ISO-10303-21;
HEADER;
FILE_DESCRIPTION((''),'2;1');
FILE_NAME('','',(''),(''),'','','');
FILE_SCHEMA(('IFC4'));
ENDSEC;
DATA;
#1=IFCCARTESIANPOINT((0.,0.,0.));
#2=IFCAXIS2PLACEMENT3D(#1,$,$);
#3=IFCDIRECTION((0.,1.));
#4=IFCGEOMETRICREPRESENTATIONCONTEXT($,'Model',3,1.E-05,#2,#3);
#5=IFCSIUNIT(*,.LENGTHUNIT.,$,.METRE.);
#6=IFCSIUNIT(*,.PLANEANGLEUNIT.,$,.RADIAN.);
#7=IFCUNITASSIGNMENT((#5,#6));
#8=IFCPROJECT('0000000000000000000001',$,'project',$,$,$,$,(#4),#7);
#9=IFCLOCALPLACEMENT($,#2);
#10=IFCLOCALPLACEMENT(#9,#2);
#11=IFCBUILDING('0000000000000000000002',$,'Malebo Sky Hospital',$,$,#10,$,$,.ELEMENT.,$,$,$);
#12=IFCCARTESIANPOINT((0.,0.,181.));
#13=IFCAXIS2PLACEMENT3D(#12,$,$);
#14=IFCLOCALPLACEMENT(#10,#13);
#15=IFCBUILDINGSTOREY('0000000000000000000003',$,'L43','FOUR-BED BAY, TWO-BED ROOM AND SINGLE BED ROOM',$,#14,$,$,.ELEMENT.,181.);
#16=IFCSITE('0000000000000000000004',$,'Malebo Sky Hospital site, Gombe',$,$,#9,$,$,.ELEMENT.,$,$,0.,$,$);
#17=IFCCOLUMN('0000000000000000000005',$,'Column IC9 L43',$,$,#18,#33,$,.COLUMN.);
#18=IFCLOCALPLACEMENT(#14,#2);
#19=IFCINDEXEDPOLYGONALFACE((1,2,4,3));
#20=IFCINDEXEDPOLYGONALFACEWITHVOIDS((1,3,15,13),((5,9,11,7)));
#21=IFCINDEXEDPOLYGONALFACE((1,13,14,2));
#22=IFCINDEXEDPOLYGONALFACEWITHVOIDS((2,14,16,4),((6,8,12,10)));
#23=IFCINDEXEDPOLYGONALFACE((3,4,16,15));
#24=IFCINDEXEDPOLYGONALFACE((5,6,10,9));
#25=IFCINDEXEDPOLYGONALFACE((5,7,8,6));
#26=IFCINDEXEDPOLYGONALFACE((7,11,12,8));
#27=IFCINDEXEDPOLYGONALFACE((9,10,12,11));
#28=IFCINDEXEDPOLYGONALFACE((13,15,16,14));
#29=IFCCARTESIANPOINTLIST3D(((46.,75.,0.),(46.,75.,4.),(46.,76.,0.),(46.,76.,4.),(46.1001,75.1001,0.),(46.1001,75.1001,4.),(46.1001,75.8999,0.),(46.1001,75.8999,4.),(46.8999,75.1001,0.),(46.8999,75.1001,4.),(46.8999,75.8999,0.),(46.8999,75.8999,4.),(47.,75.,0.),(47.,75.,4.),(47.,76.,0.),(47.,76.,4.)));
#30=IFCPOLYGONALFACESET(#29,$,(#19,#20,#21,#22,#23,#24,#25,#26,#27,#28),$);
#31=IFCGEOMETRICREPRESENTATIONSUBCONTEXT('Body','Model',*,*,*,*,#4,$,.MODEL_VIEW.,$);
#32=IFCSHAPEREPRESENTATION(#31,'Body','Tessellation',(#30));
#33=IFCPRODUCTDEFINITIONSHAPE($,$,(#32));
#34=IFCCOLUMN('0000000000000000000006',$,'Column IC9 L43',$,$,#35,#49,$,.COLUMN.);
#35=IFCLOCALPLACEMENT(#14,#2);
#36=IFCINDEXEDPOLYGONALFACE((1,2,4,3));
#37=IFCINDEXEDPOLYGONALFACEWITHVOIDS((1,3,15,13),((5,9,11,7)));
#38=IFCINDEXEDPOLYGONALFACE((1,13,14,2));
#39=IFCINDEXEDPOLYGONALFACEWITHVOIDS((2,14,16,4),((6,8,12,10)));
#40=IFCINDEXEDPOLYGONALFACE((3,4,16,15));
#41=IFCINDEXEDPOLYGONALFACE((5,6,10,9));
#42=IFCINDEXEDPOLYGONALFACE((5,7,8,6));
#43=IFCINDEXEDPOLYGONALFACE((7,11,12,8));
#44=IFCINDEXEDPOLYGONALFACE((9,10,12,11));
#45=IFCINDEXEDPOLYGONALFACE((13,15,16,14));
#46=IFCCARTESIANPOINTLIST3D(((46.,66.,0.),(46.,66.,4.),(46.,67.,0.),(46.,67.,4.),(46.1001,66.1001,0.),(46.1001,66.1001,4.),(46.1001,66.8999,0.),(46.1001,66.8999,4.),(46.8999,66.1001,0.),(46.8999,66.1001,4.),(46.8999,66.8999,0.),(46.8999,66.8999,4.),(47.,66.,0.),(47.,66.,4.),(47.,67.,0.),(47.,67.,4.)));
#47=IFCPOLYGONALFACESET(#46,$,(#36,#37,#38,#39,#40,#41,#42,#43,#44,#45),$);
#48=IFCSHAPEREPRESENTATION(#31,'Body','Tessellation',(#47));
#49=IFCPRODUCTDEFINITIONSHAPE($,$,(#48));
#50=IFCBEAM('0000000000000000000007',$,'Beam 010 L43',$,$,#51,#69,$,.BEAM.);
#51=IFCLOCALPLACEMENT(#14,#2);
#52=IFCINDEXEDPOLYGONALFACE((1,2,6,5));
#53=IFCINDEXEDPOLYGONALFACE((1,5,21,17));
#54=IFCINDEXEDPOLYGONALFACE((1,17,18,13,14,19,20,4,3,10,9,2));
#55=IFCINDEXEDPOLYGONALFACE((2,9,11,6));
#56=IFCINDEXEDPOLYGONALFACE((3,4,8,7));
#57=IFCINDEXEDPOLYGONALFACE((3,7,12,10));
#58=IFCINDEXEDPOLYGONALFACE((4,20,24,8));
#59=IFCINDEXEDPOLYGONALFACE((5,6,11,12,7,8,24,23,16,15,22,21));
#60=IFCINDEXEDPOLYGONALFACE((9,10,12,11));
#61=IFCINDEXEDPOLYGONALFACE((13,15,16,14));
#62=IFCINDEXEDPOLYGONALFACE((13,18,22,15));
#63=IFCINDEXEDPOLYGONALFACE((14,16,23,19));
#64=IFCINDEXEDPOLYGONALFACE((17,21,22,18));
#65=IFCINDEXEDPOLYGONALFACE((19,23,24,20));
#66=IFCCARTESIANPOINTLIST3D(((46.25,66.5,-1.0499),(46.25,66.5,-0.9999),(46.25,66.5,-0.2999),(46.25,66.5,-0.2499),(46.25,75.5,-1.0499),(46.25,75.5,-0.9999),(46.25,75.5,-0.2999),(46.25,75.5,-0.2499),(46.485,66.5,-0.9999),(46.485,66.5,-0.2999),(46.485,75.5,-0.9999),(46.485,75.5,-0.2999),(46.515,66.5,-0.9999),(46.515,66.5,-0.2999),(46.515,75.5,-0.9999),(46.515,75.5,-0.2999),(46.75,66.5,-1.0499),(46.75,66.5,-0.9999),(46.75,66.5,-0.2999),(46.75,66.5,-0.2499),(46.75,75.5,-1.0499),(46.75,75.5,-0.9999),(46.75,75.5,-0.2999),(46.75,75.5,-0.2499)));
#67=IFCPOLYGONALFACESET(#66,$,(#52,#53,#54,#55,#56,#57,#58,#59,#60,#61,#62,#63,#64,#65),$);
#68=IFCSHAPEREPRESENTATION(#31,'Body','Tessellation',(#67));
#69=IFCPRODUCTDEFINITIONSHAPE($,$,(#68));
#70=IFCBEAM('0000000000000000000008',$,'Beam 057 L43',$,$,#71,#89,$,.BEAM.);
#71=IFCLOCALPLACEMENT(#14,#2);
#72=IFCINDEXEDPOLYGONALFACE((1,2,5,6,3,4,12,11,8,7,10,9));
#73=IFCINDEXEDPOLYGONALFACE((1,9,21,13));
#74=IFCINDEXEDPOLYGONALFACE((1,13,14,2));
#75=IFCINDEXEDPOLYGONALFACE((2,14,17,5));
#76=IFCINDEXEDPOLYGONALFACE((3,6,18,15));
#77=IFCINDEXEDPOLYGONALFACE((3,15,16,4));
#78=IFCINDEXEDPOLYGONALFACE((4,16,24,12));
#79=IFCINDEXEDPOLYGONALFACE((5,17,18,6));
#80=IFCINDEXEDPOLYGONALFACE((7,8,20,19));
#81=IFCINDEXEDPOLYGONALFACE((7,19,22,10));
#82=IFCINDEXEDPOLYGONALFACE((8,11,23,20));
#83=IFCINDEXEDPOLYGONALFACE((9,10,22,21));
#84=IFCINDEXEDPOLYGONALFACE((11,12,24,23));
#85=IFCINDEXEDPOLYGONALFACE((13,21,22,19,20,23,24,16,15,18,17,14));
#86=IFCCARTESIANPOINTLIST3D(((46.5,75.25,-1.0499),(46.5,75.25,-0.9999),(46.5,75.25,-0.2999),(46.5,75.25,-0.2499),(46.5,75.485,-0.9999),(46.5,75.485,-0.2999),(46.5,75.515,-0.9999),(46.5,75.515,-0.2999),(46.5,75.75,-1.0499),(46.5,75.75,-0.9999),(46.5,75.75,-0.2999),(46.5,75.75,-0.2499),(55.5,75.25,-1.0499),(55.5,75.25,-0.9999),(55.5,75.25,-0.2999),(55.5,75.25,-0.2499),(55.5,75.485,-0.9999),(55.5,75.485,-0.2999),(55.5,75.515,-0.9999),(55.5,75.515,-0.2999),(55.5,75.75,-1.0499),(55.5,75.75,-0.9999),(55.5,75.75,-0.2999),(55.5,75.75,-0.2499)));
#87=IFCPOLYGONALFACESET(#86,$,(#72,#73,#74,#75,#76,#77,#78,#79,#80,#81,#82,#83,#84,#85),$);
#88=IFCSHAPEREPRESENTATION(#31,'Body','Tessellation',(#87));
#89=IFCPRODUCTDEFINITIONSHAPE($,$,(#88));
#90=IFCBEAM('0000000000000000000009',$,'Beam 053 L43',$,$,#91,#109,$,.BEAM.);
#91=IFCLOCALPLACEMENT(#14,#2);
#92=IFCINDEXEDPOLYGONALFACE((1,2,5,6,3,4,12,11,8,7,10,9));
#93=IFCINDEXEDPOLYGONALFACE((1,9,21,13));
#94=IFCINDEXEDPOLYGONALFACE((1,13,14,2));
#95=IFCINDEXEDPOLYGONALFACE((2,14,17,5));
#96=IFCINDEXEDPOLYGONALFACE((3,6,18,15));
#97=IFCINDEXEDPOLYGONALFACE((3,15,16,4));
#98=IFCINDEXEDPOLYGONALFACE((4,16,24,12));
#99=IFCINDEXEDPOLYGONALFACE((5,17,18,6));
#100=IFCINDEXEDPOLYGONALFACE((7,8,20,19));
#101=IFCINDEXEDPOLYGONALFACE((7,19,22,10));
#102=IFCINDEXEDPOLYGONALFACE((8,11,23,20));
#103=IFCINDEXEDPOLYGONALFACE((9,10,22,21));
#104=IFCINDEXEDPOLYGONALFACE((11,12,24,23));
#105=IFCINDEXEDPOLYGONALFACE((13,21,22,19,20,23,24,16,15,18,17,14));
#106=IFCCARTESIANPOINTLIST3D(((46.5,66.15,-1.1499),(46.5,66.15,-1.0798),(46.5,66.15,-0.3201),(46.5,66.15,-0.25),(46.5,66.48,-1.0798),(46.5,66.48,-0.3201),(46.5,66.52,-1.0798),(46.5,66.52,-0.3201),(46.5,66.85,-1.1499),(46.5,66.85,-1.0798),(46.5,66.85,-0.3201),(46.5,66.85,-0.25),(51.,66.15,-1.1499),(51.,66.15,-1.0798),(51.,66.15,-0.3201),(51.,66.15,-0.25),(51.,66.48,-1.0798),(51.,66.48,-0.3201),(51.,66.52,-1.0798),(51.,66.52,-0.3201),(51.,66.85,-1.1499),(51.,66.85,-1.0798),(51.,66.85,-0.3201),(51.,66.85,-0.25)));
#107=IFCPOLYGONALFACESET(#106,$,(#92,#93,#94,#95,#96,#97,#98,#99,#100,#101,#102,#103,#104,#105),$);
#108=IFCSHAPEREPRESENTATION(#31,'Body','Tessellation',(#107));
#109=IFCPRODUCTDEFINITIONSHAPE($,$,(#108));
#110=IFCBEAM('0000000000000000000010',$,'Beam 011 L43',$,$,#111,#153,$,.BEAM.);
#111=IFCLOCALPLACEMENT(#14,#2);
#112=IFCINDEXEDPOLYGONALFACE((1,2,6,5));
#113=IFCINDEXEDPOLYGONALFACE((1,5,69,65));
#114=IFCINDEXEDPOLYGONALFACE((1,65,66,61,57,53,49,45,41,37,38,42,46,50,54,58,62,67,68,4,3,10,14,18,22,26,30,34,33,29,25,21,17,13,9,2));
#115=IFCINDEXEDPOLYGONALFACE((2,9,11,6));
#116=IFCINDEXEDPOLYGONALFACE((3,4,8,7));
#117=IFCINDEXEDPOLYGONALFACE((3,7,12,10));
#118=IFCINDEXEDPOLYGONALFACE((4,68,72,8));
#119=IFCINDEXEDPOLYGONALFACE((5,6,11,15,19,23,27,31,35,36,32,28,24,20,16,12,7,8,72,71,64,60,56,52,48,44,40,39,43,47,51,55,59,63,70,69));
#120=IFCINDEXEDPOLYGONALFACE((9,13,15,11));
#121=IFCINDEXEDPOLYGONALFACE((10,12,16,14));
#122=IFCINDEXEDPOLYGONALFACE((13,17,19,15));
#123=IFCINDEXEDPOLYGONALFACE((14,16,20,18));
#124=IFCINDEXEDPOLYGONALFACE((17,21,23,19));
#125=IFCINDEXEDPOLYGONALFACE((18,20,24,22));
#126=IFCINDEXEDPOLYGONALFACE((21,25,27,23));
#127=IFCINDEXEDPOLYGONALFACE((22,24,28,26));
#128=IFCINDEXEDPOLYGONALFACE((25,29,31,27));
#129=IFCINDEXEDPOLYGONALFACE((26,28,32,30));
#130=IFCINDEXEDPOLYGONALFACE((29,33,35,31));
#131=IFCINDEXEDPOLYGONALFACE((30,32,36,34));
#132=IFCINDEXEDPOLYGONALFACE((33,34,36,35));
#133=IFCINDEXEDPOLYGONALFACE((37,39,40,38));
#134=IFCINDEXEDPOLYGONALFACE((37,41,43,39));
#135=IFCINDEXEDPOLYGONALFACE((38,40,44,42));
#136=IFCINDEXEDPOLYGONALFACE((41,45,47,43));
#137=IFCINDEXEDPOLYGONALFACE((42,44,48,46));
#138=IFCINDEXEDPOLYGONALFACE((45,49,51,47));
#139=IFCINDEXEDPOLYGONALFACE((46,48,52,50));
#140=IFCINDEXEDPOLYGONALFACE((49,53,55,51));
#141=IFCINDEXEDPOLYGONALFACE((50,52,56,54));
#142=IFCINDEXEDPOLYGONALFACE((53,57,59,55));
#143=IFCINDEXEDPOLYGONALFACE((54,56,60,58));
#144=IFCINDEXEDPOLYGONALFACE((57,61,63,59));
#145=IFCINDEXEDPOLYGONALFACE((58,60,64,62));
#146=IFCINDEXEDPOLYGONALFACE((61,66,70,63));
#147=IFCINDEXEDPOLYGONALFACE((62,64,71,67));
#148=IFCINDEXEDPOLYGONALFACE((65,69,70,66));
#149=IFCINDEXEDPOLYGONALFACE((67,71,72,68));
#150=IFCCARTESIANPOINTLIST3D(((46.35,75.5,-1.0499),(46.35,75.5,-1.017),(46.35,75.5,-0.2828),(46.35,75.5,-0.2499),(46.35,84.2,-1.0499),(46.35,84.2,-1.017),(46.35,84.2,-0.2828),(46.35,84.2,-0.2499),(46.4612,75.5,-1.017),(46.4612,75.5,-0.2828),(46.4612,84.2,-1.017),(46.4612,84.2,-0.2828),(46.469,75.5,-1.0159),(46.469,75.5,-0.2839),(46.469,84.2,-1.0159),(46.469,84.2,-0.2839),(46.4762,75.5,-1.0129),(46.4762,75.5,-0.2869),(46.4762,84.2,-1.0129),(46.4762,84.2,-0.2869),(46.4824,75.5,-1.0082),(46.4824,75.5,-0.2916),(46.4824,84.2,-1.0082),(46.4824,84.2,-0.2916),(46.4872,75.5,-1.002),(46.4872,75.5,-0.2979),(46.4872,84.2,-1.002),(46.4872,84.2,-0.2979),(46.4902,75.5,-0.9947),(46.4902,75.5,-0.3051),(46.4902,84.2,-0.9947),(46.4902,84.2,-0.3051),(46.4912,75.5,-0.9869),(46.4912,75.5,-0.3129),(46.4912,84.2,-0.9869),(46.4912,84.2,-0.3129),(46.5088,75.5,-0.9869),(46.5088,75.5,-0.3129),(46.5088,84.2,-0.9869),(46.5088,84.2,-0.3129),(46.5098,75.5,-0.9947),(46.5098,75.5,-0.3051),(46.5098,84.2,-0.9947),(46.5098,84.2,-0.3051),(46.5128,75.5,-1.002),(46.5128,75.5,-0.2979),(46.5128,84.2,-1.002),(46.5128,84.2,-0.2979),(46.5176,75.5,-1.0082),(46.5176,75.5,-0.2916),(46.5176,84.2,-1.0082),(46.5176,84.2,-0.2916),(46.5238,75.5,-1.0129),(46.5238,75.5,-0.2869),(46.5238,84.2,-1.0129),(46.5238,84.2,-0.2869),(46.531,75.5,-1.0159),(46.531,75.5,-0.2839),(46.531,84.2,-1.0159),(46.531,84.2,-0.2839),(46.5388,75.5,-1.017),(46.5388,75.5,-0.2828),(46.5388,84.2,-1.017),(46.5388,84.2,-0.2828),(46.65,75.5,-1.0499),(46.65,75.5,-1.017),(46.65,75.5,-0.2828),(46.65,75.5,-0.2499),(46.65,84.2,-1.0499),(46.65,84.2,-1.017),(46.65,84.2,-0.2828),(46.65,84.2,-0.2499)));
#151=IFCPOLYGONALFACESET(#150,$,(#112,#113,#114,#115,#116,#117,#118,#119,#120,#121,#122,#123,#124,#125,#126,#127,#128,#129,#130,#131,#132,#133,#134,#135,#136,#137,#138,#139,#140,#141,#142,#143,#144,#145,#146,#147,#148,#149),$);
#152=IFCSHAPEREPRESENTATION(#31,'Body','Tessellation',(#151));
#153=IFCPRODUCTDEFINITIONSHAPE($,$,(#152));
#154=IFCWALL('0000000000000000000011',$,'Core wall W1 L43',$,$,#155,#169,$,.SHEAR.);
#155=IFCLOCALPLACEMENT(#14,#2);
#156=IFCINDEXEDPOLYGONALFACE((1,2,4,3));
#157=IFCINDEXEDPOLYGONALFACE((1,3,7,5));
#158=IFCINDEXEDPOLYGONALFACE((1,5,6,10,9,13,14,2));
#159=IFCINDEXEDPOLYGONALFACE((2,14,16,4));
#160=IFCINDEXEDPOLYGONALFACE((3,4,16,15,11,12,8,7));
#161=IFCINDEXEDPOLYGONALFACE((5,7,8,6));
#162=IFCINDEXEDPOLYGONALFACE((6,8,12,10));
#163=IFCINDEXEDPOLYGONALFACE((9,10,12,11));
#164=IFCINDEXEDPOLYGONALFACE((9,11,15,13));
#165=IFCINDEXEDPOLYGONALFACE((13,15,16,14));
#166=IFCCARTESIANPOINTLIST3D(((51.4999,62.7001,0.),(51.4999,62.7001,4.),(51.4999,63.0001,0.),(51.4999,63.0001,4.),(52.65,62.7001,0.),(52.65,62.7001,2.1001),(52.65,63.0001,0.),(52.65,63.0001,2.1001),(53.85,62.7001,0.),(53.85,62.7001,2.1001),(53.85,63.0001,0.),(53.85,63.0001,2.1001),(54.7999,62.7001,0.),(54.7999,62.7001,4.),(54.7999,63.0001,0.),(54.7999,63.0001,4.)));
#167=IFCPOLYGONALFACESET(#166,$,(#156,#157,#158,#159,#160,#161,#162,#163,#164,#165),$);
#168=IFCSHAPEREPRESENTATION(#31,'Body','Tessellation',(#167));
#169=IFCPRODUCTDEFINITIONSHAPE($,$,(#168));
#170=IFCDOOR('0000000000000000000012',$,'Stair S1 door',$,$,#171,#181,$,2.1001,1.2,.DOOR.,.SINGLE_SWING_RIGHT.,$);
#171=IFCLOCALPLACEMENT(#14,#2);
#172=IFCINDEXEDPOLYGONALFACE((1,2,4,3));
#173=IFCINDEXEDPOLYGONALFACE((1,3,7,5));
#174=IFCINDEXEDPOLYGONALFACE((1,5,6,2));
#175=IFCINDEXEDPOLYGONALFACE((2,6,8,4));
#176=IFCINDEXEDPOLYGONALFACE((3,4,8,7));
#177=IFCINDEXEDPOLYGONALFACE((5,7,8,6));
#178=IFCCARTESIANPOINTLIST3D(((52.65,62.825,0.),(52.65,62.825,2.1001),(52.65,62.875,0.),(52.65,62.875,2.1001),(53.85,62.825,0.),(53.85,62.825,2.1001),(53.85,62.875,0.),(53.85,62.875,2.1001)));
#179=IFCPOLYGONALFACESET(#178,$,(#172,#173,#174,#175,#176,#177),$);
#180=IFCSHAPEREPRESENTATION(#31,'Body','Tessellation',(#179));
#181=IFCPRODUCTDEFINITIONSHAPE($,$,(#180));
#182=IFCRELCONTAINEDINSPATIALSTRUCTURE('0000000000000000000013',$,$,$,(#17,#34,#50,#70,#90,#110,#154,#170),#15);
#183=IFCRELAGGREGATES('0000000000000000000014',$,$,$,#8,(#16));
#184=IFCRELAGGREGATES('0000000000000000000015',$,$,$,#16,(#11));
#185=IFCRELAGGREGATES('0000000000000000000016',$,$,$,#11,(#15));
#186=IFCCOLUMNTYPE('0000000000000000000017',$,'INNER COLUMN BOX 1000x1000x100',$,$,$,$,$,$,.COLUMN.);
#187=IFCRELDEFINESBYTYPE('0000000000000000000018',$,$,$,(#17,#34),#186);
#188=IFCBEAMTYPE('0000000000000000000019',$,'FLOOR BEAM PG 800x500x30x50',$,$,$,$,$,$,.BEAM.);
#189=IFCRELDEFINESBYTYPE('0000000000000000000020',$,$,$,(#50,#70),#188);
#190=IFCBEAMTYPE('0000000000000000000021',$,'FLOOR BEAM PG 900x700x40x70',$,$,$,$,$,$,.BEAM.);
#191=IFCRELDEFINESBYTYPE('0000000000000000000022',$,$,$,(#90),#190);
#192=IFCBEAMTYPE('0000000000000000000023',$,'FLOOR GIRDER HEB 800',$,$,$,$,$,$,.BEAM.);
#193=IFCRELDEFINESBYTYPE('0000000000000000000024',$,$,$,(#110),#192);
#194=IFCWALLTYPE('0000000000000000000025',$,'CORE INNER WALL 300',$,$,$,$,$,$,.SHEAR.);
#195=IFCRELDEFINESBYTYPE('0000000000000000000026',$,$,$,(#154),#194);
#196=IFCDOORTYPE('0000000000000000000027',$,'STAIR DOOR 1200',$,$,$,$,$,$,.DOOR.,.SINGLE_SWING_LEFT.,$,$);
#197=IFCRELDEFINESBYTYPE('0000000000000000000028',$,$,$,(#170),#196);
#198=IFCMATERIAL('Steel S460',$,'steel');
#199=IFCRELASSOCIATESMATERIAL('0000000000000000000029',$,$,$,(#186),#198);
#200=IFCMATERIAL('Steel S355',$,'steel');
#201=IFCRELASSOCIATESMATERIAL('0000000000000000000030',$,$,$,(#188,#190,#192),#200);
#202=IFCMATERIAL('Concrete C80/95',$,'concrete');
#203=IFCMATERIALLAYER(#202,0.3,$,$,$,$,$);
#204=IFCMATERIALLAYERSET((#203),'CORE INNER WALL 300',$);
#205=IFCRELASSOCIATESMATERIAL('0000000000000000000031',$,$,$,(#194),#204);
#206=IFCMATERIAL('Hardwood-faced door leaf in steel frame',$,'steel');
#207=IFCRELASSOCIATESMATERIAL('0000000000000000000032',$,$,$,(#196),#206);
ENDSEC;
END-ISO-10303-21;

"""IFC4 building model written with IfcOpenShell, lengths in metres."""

from ifc_helpers import new_model, si_unit, direction, frame, frame_2d, origin, origin_2d, place, context, subcontext, project, spatial, rectangle, hollow_rectangle, i_section, extrude, material, layer, layer_set, material_profile, profile_set, type_object, element, fill, save


model = new_model("IFC4")

# Units and contexts
model_context = context("Model", 3, precision=1e-05, world=origin(), true_north=direction((0.0, 1.0)))
body_context = subcontext(model_context, "Body", "Model", "MODEL_VIEW")
ifc_project = project(units=[si_unit("LENGTHUNIT", "METRE"), si_unit("PLANEANGLEUNIT", "RADIAN")], contexts=[model_context])

# Site, building, storey
site_placement = place(None, origin())
site = spatial("IfcSite", under=ifc_project, at=site_placement, Name="Malebo Sky Hospital site, Gombe", CompositionType="ELEMENT", RefElevation=0.0)
building_placement = place(site_placement, origin())
building = spatial("IfcBuilding", under=site, at=building_placement, Name="Malebo Sky Hospital", CompositionType="ELEMENT")
storey_placement = place(building_placement, frame((0.0, 0.0, 181.0)))
storey = spatial("IfcBuildingStorey", under=building, at=storey_placement, Name="L43", Description="FOUR-BED BAY, TWO-BED ROOM AND SINGLE BED ROOM", CompositionType="ELEMENT", Elevation=181.0)

# Columns
ifc_material_1 = material(Name="Steel S460", Category="steel")
ifc_material_profile_1 = material_profile(ifc_material_1, hollow_rectangle(XDim=1.0, YDim=1.0, WallThickness=0.1001, at=origin_2d()), Name="BOX 1000x1000x100")
ifc_profile_set_1 = profile_set([ifc_material_profile_1], Name="Steel S460")
column_type = type_object("IfcColumnType", Name="INNER COLUMN BOX 1000x1000x100", PredefinedType="COLUMN", material=ifc_profile_set_1)
for number, where, z_axis, x_axis, name in (
    (1, (46.5, 75.5, 0.0), (0.0, 0.0, 1.0), (1.0, 0.0, 0.0), "Column IC9 L43"),
    (2, (46.5, 66.5, 0.0), (0.0, 0.0, 1.0), (1.0, 0.0, 0.0), "Column IC9 L43"),
):
    element("IfcColumn", number, at=place(storey_placement, frame(where, z_axis=z_axis, x_axis=x_axis)), inside=storey, type_object=column_type, Name=name, PredefinedType="COLUMN", context=body_context, shape_type="SweptSolid", body=[
        extrude(hollow_rectangle(XDim=1.0, YDim=1.0, WallThickness=0.1001, at=origin_2d()), origin(), (0.0, 0.0, 1.0), 4.0),
    ])

# Beams
ifc_material_2 = material(Name="Steel S355", Category="steel")
ifc_material_profile_2 = material_profile(ifc_material_2, i_section(OverallWidth=0.5, OverallDepth=0.8, WebThickness=0.03, FlangeThickness=0.05, at=origin_2d()), Name="PG 800x500x30x50")
ifc_profile_set_2 = profile_set([ifc_material_profile_2], Name="Steel S355")
beam_type_1 = type_object("IfcBeamType", Name="FLOOR BEAM PG 800x500x30x50", PredefinedType="BEAM", material=ifc_profile_set_2)
for number, where, z_axis, x_axis, name in (
    (3, (46.5, 66.5, -0.6499), (0.0, 1.0, 0.0), (-1.0, 0.0, 0.0), "Beam 010 L43"),
    (4, (46.5, 75.5, -0.6499), (1.0, 0.0, 0.0), (0.0, 1.0, 0.0), "Beam 057 L43"),
):
    element("IfcBeam", number, at=place(storey_placement, frame(where, z_axis=z_axis, x_axis=x_axis)), inside=storey, type_object=beam_type_1, Name=name, PredefinedType="BEAM", context=body_context, shape_type="SweptSolid", body=[
        extrude(i_section(OverallWidth=0.5, OverallDepth=0.8, WebThickness=0.03, FlangeThickness=0.05, at=origin_2d()), origin(), (0.0, 0.0, 1.0), 9.0),
    ])
ifc_material_profile_3 = material_profile(ifc_material_2, i_section(OverallWidth=0.7, OverallDepth=0.8999, WebThickness=0.04, FlangeThickness=0.0701, at=origin_2d()), Name="PG 900x700x40x70")
ifc_profile_set_3 = profile_set([ifc_material_profile_3], Name="Steel S355")
beam_type_2 = type_object("IfcBeamType", Name="FLOOR BEAM PG 900x700x40x70", PredefinedType="BEAM", material=ifc_profile_set_3)
beam_1_placement = place(storey_placement, frame((46.5, 66.5, -0.7), z_axis=(1.0, 0.0, 0.0), x_axis=(0.0, 1.0, 0.0)))
element("IfcBeam", 5, at=beam_1_placement, inside=storey, type_object=beam_type_2, Name="Beam 053 L43", PredefinedType="BEAM", context=body_context, shape_type="SweptSolid", body=[
    extrude(i_section(OverallWidth=0.7, OverallDepth=0.8999, WebThickness=0.04, FlangeThickness=0.0701, at=origin_2d()), origin(), (0.0, 0.0, 1.0), 4.5),
])
ifc_material_profile_4 = material_profile(ifc_material_2, i_section(OverallWidth=0.3, OverallDepth=0.8, WebThickness=0.0176, FlangeThickness=0.033, FilletRadius=0.03, at=origin_2d()), Name="HEB 800")
ifc_profile_set_4 = profile_set([ifc_material_profile_4], Name="Steel S355")
beam_type_3 = type_object("IfcBeamType", Name="FLOOR GIRDER HEB 800", PredefinedType="BEAM", material=ifc_profile_set_4)
beam_2_placement = place(storey_placement, frame((46.5, 75.5, -0.6499), z_axis=(0.0, 1.0, 0.0), x_axis=(-1.0, 0.0, 0.0)))
element("IfcBeam", 6, at=beam_2_placement, inside=storey, type_object=beam_type_3, Name="Beam 011 L43", PredefinedType="BEAM", context=body_context, shape_type="SweptSolid", body=[
    extrude(i_section(OverallWidth=0.3, OverallDepth=0.8, WebThickness=0.0176, FlangeThickness=0.033, FilletRadius=0.03, at=origin_2d()), origin(), (0.0, 0.0, 1.0), 8.7),
])

# Wall, opening, door
ifc_material_3 = material(Name="Concrete C80/95", Category="concrete")
ifc_layer_1 = layer(ifc_material_3, 0.3)
ifc_layer_set_1 = layer_set([ifc_layer_1], Name="CORE INNER WALL 300")
wall_type_1 = type_object("IfcWallType", Name="CORE INNER WALL 300", PredefinedType="SHEAR", material=ifc_layer_set_1)
wall_1_placement = place(storey_placement, frame((51.5, 62.8501, 0.0), z_axis=(0.0, 0.0, 1.0), x_axis=(1.0, 0.0, 0.0)))
wall_1 = element("IfcWall", 7, at=wall_1_placement, inside=storey, type_object=wall_type_1, Name="Core wall W1 L43", PredefinedType="SHEAR", context=body_context, shape_type="SweptSolid", body=[
    extrude(rectangle(XDim=3.3, YDim=0.3, at=frame_2d((1.6499, 0.0))), origin(), (0.0, 0.0, 1.0), 4.0),
])
opening_1_placement = place(wall_1_placement, frame((1.1499, 0.0, 0.0)))
opening_1 = element("IfcOpeningElement", 8, at=opening_1_placement, cuts=wall_1, PredefinedType="OPENING", context=body_context, shape_type="SweptSolid", body=[
    extrude(rectangle(XDim=1.2, YDim=2.1001, at=frame_2d((0.6001, 1.05))), frame((0.0, 0.1599, 0.0), z_axis=(0.0, -1.0, 0.0), x_axis=(1.0, 0.0, 0.0)), (0.0, 0.0, 1.0), 0.3201),
])
ifc_material_4 = material(Name="Hardwood-faced door leaf in steel frame", Category="steel")
door_type_1 = type_object("IfcDoorType", Name="STAIR DOOR 1200", OperationType="SINGLE_SWING_LEFT", PredefinedType="DOOR", material=ifc_material_4)
door_1_placement = place(opening_1_placement, origin())
door_1 = element("IfcDoor", 9, at=door_1_placement, inside=storey, type_object=door_type_1, Name="Stair S1 door", OperationType="SINGLE_SWING_RIGHT", OverallHeight=2.1001, OverallWidth=1.2, PredefinedType="DOOR", context=body_context, shape_type="SweptSolid", body=[
    extrude(rectangle(XDim=1.2, YDim=2.1001, at=frame_2d((0.6001, 1.05))), frame((0.0, 0.0249, 0.0), z_axis=(0.0, -1.0, 0.0), x_axis=(1.0, 0.0, 0.0)), (0.0, 0.0, 1.0), 0.05),
])
fill(opening_1, door_1)

save(model, "model.ifc")
